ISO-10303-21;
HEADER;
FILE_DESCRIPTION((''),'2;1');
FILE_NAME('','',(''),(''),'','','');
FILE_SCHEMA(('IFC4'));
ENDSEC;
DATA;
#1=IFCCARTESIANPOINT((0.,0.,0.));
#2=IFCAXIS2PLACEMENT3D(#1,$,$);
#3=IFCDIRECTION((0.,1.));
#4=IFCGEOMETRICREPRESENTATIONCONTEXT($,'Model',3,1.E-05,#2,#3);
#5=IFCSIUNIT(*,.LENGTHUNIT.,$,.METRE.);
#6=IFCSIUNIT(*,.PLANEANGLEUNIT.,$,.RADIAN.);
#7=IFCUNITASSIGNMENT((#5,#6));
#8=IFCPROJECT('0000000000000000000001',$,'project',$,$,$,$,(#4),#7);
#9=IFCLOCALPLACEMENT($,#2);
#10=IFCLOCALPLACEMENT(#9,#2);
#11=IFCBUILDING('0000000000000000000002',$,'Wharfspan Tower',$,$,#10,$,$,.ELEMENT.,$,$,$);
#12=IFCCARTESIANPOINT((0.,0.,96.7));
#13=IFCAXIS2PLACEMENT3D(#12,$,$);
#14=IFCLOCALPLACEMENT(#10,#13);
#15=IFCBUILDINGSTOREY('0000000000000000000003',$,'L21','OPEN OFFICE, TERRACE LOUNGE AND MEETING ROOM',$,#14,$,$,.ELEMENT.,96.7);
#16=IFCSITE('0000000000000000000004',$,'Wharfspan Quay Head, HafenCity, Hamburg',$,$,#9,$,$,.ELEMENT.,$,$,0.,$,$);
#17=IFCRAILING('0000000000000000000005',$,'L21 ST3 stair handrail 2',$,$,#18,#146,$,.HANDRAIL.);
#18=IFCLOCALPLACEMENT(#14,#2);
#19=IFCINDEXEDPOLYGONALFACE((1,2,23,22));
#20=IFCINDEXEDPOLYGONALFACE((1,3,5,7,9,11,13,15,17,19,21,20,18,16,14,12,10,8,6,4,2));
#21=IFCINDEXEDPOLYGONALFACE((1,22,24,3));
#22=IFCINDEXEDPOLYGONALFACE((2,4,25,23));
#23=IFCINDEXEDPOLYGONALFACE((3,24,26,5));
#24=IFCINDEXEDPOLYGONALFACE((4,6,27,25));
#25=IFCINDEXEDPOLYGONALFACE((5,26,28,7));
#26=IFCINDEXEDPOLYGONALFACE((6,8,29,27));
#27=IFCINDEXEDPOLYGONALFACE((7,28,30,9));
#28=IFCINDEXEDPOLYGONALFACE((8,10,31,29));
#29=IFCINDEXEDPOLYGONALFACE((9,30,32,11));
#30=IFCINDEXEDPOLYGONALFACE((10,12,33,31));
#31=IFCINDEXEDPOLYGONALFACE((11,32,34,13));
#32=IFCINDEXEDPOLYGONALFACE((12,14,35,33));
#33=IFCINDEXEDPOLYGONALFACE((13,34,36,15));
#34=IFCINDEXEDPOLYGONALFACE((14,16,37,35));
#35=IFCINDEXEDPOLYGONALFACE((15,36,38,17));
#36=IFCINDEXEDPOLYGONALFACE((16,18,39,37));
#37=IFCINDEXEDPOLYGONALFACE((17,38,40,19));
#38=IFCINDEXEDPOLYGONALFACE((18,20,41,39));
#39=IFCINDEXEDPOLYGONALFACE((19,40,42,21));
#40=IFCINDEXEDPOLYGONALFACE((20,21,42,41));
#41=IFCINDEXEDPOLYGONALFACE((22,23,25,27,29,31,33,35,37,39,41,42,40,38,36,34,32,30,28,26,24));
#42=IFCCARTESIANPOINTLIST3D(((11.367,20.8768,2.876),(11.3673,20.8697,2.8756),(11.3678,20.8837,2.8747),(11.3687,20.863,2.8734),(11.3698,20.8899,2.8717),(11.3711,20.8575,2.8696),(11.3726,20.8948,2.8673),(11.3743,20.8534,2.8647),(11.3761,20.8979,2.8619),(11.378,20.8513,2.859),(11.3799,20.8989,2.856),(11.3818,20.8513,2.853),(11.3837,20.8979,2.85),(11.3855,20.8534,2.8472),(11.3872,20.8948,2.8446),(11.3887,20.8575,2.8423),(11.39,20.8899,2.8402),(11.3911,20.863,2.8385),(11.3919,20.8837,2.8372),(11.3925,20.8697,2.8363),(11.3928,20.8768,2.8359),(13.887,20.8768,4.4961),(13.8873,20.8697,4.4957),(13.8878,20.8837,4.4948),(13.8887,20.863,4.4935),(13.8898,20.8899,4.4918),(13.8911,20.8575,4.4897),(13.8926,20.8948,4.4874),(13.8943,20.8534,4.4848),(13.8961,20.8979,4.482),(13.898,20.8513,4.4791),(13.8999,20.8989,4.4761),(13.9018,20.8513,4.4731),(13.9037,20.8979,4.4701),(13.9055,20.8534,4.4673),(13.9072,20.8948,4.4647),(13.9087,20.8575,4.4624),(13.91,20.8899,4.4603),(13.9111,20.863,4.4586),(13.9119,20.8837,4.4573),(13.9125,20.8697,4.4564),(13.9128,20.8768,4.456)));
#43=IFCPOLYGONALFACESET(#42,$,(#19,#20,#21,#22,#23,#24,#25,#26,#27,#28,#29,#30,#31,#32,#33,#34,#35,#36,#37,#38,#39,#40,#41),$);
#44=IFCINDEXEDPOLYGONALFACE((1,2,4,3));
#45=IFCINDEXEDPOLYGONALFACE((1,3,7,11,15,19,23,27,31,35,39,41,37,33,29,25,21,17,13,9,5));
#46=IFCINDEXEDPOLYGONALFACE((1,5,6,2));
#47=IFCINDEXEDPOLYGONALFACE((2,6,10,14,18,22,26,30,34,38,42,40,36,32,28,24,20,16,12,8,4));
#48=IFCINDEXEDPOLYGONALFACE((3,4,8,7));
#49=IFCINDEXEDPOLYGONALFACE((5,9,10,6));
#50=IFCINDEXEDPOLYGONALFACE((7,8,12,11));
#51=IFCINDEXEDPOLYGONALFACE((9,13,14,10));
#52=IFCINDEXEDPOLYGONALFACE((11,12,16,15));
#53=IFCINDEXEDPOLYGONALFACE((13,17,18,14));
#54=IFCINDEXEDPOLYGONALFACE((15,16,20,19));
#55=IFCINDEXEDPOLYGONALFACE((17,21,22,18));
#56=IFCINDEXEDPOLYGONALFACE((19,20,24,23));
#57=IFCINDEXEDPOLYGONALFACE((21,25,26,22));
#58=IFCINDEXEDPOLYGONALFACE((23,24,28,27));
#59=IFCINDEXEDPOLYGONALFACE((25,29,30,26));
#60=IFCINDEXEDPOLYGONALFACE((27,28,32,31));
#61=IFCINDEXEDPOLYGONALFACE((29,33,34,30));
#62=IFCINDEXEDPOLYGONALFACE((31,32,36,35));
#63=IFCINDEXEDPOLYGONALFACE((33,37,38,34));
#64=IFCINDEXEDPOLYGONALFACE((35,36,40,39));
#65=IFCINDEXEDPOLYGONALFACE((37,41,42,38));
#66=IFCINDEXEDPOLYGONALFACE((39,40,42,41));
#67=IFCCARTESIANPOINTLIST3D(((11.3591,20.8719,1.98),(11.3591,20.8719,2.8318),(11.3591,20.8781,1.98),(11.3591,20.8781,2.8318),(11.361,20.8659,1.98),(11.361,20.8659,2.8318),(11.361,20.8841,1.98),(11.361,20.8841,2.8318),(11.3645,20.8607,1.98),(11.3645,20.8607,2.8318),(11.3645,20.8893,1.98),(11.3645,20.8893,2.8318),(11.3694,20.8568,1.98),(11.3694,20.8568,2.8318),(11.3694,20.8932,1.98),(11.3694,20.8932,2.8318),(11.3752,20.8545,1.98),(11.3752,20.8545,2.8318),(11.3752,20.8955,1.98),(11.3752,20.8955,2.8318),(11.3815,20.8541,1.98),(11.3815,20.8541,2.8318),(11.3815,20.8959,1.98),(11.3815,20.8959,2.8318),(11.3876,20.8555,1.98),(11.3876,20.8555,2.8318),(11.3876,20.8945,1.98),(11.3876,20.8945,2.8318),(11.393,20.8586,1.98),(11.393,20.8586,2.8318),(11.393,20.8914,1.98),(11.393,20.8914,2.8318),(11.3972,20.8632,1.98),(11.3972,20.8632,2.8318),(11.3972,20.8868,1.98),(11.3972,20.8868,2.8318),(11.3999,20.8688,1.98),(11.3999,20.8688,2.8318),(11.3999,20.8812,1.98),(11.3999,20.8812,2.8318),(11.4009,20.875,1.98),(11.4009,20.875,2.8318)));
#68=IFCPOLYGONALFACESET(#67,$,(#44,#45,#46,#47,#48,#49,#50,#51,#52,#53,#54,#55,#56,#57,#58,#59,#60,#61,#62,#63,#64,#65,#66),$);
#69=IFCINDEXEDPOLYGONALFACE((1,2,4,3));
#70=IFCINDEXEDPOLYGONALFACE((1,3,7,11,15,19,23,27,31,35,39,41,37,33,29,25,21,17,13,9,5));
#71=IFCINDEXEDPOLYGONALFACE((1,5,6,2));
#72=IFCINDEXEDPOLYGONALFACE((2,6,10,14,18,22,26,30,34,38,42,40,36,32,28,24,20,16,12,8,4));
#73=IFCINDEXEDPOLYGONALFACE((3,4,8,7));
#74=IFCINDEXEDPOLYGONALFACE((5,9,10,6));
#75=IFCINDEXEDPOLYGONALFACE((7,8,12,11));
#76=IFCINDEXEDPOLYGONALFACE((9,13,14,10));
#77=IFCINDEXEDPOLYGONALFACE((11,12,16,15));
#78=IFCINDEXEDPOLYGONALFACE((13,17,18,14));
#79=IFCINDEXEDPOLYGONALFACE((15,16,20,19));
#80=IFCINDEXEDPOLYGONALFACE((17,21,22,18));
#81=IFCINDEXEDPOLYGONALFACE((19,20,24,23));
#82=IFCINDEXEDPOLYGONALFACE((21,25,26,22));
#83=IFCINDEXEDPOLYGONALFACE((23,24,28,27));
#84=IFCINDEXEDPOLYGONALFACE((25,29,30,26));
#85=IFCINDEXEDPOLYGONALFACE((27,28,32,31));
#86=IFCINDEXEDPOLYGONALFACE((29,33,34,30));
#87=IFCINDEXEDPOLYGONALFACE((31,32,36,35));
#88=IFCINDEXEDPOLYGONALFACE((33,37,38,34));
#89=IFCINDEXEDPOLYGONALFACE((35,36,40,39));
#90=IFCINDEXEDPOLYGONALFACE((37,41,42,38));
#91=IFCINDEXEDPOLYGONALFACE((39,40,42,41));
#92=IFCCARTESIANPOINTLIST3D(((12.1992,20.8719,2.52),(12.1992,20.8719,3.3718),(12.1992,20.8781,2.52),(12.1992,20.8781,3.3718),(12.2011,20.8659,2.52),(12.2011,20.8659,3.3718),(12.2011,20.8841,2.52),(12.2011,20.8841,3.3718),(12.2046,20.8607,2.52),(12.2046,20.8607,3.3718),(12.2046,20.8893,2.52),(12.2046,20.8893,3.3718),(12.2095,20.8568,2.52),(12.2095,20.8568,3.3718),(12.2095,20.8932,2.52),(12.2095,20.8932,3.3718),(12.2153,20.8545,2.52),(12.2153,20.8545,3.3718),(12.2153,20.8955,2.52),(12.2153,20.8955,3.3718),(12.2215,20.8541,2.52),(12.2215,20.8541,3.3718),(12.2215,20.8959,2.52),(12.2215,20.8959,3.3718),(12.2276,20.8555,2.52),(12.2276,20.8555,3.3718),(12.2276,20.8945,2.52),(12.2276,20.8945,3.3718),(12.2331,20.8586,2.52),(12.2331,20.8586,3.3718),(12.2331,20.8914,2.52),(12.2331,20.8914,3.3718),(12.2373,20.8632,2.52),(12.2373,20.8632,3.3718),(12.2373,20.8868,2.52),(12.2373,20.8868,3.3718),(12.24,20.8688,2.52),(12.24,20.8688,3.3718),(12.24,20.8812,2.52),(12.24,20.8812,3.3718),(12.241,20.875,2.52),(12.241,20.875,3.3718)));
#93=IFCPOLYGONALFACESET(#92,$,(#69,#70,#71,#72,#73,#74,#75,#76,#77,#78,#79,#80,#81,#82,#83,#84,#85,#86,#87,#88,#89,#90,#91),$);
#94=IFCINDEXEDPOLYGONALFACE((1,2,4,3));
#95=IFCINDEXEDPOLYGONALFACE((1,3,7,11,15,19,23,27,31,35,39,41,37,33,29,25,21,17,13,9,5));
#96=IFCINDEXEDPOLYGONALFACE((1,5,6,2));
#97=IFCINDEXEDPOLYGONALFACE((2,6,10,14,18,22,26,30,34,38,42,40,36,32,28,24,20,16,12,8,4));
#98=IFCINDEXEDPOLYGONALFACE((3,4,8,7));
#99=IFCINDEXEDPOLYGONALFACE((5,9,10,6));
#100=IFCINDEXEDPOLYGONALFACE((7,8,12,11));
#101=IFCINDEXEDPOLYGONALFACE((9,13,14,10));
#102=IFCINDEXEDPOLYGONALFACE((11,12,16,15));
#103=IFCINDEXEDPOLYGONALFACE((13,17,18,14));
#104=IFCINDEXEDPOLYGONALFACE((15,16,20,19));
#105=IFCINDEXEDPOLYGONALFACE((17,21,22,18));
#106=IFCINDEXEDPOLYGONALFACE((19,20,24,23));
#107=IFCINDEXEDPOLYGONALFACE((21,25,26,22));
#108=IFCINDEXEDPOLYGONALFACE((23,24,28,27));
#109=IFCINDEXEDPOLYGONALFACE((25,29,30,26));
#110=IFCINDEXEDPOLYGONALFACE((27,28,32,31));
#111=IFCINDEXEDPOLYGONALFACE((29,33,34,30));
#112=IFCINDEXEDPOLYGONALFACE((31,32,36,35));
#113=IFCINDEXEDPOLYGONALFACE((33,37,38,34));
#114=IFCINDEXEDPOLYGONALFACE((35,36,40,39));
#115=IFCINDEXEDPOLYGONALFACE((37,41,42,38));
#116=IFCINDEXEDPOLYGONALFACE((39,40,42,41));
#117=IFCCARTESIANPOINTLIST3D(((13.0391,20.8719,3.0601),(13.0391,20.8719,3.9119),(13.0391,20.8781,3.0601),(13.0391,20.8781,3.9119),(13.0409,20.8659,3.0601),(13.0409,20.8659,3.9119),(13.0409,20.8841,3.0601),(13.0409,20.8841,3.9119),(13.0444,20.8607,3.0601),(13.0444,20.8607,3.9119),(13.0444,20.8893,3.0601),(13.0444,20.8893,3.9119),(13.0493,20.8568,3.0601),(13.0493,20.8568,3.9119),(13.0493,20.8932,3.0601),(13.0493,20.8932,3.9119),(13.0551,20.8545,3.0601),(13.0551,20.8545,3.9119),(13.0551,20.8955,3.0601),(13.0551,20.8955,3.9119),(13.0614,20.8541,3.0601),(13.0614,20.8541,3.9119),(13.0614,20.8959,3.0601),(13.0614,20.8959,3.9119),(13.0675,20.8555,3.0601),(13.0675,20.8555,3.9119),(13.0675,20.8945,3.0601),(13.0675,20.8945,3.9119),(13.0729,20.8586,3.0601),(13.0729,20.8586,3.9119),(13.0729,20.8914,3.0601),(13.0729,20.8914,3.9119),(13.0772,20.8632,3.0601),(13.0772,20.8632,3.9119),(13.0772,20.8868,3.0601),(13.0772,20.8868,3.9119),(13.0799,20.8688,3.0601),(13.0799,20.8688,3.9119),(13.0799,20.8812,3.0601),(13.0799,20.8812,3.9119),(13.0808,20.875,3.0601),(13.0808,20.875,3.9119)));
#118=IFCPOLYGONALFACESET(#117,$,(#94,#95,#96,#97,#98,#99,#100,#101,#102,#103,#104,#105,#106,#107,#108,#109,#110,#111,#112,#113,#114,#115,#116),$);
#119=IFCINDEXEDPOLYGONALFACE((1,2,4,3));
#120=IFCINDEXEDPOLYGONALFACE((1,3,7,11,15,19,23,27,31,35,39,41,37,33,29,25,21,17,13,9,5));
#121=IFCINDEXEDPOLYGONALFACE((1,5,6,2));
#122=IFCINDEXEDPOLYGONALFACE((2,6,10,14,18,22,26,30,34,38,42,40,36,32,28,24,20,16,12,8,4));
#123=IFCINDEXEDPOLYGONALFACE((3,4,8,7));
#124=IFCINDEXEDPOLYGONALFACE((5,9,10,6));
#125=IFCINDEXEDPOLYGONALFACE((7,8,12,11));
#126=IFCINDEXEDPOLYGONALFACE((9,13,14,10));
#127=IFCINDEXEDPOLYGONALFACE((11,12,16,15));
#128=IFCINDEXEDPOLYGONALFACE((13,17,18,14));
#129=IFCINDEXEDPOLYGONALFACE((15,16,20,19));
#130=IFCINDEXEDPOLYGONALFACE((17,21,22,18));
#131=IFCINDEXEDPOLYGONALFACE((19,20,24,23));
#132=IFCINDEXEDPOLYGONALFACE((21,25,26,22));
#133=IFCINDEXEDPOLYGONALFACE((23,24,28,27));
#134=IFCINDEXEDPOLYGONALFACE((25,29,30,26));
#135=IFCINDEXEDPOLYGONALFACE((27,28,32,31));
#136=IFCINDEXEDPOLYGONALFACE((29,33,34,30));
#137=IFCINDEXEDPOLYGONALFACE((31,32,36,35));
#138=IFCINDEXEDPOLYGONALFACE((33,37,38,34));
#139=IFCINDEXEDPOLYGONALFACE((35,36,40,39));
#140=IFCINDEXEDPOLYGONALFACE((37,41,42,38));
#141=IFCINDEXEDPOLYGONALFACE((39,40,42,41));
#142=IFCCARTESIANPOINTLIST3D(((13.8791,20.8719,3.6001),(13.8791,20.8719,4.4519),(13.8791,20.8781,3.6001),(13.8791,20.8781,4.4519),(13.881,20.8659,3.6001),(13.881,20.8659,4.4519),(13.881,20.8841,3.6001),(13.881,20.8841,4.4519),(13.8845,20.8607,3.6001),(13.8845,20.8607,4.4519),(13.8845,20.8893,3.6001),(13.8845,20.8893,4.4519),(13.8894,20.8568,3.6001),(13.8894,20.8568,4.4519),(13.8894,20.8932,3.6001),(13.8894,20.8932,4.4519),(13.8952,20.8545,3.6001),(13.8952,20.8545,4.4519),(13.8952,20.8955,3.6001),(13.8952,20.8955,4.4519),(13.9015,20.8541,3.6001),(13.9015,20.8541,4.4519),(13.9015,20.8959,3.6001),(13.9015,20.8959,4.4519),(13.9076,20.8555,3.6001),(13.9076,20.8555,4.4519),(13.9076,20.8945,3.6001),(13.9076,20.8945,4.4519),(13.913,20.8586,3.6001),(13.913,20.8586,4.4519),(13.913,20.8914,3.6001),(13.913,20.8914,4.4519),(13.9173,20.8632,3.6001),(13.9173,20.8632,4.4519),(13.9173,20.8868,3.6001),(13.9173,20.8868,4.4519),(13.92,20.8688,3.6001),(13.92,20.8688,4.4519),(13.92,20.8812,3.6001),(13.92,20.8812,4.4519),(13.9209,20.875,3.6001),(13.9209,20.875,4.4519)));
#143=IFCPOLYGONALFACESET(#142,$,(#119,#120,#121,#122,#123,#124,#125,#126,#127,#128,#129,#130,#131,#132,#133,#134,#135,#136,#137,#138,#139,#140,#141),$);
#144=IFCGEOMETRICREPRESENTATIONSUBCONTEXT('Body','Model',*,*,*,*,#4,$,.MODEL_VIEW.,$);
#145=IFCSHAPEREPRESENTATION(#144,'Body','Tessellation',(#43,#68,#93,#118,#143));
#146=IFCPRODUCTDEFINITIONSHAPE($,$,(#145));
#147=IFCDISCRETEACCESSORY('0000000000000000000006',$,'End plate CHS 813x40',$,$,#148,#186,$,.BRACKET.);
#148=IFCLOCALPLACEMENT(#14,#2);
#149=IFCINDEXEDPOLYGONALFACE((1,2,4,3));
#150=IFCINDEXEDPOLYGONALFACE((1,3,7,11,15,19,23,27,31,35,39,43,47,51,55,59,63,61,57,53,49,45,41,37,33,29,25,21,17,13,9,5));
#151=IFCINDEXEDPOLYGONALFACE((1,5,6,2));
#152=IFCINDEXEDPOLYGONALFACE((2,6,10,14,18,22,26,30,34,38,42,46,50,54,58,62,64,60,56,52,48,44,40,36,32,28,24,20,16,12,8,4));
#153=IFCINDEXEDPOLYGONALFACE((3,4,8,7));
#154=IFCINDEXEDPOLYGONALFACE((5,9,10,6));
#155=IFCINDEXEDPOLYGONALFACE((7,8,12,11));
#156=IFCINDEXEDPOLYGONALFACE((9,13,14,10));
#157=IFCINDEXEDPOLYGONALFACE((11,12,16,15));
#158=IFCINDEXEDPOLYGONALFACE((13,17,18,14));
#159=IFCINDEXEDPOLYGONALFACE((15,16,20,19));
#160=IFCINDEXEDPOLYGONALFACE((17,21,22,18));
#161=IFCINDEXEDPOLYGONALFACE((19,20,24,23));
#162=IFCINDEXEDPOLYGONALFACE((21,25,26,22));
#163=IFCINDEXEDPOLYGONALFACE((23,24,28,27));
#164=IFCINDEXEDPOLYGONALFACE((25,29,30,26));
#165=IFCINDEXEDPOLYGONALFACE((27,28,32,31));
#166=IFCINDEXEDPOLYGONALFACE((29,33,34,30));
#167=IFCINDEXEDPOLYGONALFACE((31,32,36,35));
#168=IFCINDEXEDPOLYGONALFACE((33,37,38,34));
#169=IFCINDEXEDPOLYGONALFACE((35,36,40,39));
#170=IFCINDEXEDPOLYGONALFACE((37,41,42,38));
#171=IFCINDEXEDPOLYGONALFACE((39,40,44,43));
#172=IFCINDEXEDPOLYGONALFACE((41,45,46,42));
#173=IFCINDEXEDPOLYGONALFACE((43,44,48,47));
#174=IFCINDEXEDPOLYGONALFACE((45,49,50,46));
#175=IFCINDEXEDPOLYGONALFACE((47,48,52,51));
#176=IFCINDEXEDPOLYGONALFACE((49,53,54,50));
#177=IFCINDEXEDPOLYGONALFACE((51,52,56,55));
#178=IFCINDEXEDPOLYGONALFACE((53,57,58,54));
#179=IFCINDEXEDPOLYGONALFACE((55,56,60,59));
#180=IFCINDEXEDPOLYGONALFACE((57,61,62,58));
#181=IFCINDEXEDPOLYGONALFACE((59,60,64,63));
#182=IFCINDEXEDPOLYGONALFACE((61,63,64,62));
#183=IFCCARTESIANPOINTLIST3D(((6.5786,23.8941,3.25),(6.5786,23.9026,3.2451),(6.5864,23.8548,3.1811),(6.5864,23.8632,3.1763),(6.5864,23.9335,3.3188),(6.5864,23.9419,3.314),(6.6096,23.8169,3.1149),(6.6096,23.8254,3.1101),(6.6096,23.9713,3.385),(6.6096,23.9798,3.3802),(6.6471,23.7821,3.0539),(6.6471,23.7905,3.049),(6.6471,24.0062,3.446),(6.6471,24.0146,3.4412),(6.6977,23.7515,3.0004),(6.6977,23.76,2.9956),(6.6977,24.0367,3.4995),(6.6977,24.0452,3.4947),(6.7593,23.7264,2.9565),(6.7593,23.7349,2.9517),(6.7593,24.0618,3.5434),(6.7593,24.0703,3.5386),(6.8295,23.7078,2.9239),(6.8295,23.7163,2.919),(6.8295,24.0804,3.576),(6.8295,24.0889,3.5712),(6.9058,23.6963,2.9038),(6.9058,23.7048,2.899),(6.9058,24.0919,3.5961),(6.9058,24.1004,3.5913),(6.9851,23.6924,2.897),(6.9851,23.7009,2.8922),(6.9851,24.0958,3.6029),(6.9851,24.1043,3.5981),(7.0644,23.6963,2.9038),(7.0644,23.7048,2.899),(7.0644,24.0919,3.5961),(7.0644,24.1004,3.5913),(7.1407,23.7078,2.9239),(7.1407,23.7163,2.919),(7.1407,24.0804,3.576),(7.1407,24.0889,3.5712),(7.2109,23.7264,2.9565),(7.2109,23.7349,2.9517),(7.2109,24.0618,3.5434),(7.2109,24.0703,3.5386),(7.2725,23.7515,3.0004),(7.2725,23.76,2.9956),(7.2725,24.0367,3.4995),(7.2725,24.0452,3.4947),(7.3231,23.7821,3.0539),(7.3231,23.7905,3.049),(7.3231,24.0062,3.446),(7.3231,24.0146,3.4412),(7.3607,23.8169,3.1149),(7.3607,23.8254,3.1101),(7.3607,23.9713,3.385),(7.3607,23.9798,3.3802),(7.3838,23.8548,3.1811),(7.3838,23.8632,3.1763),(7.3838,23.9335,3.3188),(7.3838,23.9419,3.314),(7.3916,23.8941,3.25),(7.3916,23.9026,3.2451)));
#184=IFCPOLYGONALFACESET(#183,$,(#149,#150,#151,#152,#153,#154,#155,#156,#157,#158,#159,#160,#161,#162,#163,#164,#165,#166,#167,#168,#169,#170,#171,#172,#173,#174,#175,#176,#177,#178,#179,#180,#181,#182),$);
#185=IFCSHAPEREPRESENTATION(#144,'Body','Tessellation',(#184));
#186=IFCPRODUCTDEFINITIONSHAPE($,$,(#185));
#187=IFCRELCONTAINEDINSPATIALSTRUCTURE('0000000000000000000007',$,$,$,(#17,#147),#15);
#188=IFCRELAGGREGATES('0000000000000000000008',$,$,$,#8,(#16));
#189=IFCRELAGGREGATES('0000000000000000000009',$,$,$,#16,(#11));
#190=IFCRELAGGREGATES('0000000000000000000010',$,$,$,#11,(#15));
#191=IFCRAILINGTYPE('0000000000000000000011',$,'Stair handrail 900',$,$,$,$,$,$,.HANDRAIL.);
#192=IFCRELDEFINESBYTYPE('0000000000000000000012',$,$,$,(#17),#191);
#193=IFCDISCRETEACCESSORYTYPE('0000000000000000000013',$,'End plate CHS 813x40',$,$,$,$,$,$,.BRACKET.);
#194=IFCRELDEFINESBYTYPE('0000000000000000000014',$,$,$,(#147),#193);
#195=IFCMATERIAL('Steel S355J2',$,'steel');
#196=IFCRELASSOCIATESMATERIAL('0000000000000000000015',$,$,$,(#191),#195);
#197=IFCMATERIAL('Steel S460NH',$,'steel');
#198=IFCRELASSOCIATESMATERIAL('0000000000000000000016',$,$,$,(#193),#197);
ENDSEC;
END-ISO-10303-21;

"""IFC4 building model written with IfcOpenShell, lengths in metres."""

from ifc_helpers import new_model, si_unit, direction, frame, origin, origin_2d, place, context, subcontext, project, spatial, circle, extrude, material, material_profile, profile_set, type_object, element, save


model = new_model("IFC4")

# Units and contexts
model_context = context("Model", 3, precision=1e-05, world=origin(), true_north=direction((0.0, 1.0)))
body_context = subcontext(model_context, "Body", "Model", "MODEL_VIEW")
ifc_project = project(units=[si_unit("LENGTHUNIT", "METRE"), si_unit("PLANEANGLEUNIT", "RADIAN")], contexts=[model_context])

# Site, building, storey
site_placement = place(None, origin())
site = spatial("IfcSite", under=ifc_project, at=site_placement, Name="Wharfspan Quay Head, HafenCity, Hamburg", CompositionType="ELEMENT", RefElevation=0.0)
building_placement = place(site_placement, origin())
building = spatial("IfcBuilding", under=site, at=building_placement, Name="Wharfspan Tower", CompositionType="ELEMENT")
storey_placement = place(building_placement, frame((0.0, 0.0, 96.7)))
storey = spatial("IfcBuildingStorey", under=building, at=storey_placement, Name="L21", Description="OPEN OFFICE, TERRACE LOUNGE AND MEETING ROOM", CompositionType="ELEMENT", Elevation=96.7)

# Shared definitions
ifc_material_1 = material(Name="Steel S355J2", Category="steel")

# Shared definitions
ifc_material_2 = material(Name="Steel S460NH", Category="steel")

# Railing
railing_type = type_object("IfcRailingType", Name="Stair handrail 900", PredefinedType="HANDRAIL", material=ifc_material_1)
railing_placement = place(storey_placement, frame((11.3799, 20.875, 1.98)))
element("IfcRailing", 1, at=railing_placement, inside=storey, type_object=railing_type, Name="L21 ST3 stair handrail 2", PredefinedType="HANDRAIL", context=body_context, shape_type="SweptSolid", body=[
    extrude(circle(Radius=0.0239, at=origin_2d()), frame((0.0, 0.0, 0.876), z_axis=(0.841163, 0.0, 0.540782), x_axis=(0.0, 1.0, 0.0)), (0.0, 0.0, 1.0), 2.9958),
    extrude(circle(Radius=0.021, at=origin_2d()), origin(), (0.0, 0.0, 1.0), 0.8518),
    extrude(circle(Radius=0.021, at=origin_2d()), frame((0.8401, 0.0, 0.54)), (0.0, 0.0, 1.0), 0.8518),
    extrude(circle(Radius=0.021, at=origin_2d()), frame((1.6799, 0.0, 1.0801)), (0.0, 0.0, 1.0), 0.8518),
    extrude(circle(Radius=0.021, at=origin_2d()), frame((2.52, 0.0, 1.6201)), (0.0, 0.0, 1.0), 0.8518),
])

# Discrete accessory
ifc_material_profile_1 = material_profile(ifc_material_2, circle(Radius=0.4065, at=origin_2d()))
ifc_profile_set_1 = profile_set([ifc_material_profile_1], Name="Steel S460NH")
discrete_accessory_type = type_object("IfcDiscreteAccessoryType", Name="End plate CHS 813x40", PredefinedType="BRACKET", material=ifc_profile_set_1)
discrete_accessory_1_placement = place(storey_placement, frame((6.9851, 23.9026, 3.2451), z_axis=(0.0, -0.868243, 0.496139), x_axis=(1.0, 0.0, 0.0)))
element("IfcDiscreteAccessory", 2, at=discrete_accessory_1_placement, inside=storey, type_object=discrete_accessory_type, Name="End plate CHS 813x40", PredefinedType="BRACKET", context=body_context, shape_type="SweptSolid", body=[
    extrude(circle(Radius=0.4065, at=origin_2d()), origin(), (0.0, 0.0, 1.0), 0.0098),
])

save(model, "model.ifc")
